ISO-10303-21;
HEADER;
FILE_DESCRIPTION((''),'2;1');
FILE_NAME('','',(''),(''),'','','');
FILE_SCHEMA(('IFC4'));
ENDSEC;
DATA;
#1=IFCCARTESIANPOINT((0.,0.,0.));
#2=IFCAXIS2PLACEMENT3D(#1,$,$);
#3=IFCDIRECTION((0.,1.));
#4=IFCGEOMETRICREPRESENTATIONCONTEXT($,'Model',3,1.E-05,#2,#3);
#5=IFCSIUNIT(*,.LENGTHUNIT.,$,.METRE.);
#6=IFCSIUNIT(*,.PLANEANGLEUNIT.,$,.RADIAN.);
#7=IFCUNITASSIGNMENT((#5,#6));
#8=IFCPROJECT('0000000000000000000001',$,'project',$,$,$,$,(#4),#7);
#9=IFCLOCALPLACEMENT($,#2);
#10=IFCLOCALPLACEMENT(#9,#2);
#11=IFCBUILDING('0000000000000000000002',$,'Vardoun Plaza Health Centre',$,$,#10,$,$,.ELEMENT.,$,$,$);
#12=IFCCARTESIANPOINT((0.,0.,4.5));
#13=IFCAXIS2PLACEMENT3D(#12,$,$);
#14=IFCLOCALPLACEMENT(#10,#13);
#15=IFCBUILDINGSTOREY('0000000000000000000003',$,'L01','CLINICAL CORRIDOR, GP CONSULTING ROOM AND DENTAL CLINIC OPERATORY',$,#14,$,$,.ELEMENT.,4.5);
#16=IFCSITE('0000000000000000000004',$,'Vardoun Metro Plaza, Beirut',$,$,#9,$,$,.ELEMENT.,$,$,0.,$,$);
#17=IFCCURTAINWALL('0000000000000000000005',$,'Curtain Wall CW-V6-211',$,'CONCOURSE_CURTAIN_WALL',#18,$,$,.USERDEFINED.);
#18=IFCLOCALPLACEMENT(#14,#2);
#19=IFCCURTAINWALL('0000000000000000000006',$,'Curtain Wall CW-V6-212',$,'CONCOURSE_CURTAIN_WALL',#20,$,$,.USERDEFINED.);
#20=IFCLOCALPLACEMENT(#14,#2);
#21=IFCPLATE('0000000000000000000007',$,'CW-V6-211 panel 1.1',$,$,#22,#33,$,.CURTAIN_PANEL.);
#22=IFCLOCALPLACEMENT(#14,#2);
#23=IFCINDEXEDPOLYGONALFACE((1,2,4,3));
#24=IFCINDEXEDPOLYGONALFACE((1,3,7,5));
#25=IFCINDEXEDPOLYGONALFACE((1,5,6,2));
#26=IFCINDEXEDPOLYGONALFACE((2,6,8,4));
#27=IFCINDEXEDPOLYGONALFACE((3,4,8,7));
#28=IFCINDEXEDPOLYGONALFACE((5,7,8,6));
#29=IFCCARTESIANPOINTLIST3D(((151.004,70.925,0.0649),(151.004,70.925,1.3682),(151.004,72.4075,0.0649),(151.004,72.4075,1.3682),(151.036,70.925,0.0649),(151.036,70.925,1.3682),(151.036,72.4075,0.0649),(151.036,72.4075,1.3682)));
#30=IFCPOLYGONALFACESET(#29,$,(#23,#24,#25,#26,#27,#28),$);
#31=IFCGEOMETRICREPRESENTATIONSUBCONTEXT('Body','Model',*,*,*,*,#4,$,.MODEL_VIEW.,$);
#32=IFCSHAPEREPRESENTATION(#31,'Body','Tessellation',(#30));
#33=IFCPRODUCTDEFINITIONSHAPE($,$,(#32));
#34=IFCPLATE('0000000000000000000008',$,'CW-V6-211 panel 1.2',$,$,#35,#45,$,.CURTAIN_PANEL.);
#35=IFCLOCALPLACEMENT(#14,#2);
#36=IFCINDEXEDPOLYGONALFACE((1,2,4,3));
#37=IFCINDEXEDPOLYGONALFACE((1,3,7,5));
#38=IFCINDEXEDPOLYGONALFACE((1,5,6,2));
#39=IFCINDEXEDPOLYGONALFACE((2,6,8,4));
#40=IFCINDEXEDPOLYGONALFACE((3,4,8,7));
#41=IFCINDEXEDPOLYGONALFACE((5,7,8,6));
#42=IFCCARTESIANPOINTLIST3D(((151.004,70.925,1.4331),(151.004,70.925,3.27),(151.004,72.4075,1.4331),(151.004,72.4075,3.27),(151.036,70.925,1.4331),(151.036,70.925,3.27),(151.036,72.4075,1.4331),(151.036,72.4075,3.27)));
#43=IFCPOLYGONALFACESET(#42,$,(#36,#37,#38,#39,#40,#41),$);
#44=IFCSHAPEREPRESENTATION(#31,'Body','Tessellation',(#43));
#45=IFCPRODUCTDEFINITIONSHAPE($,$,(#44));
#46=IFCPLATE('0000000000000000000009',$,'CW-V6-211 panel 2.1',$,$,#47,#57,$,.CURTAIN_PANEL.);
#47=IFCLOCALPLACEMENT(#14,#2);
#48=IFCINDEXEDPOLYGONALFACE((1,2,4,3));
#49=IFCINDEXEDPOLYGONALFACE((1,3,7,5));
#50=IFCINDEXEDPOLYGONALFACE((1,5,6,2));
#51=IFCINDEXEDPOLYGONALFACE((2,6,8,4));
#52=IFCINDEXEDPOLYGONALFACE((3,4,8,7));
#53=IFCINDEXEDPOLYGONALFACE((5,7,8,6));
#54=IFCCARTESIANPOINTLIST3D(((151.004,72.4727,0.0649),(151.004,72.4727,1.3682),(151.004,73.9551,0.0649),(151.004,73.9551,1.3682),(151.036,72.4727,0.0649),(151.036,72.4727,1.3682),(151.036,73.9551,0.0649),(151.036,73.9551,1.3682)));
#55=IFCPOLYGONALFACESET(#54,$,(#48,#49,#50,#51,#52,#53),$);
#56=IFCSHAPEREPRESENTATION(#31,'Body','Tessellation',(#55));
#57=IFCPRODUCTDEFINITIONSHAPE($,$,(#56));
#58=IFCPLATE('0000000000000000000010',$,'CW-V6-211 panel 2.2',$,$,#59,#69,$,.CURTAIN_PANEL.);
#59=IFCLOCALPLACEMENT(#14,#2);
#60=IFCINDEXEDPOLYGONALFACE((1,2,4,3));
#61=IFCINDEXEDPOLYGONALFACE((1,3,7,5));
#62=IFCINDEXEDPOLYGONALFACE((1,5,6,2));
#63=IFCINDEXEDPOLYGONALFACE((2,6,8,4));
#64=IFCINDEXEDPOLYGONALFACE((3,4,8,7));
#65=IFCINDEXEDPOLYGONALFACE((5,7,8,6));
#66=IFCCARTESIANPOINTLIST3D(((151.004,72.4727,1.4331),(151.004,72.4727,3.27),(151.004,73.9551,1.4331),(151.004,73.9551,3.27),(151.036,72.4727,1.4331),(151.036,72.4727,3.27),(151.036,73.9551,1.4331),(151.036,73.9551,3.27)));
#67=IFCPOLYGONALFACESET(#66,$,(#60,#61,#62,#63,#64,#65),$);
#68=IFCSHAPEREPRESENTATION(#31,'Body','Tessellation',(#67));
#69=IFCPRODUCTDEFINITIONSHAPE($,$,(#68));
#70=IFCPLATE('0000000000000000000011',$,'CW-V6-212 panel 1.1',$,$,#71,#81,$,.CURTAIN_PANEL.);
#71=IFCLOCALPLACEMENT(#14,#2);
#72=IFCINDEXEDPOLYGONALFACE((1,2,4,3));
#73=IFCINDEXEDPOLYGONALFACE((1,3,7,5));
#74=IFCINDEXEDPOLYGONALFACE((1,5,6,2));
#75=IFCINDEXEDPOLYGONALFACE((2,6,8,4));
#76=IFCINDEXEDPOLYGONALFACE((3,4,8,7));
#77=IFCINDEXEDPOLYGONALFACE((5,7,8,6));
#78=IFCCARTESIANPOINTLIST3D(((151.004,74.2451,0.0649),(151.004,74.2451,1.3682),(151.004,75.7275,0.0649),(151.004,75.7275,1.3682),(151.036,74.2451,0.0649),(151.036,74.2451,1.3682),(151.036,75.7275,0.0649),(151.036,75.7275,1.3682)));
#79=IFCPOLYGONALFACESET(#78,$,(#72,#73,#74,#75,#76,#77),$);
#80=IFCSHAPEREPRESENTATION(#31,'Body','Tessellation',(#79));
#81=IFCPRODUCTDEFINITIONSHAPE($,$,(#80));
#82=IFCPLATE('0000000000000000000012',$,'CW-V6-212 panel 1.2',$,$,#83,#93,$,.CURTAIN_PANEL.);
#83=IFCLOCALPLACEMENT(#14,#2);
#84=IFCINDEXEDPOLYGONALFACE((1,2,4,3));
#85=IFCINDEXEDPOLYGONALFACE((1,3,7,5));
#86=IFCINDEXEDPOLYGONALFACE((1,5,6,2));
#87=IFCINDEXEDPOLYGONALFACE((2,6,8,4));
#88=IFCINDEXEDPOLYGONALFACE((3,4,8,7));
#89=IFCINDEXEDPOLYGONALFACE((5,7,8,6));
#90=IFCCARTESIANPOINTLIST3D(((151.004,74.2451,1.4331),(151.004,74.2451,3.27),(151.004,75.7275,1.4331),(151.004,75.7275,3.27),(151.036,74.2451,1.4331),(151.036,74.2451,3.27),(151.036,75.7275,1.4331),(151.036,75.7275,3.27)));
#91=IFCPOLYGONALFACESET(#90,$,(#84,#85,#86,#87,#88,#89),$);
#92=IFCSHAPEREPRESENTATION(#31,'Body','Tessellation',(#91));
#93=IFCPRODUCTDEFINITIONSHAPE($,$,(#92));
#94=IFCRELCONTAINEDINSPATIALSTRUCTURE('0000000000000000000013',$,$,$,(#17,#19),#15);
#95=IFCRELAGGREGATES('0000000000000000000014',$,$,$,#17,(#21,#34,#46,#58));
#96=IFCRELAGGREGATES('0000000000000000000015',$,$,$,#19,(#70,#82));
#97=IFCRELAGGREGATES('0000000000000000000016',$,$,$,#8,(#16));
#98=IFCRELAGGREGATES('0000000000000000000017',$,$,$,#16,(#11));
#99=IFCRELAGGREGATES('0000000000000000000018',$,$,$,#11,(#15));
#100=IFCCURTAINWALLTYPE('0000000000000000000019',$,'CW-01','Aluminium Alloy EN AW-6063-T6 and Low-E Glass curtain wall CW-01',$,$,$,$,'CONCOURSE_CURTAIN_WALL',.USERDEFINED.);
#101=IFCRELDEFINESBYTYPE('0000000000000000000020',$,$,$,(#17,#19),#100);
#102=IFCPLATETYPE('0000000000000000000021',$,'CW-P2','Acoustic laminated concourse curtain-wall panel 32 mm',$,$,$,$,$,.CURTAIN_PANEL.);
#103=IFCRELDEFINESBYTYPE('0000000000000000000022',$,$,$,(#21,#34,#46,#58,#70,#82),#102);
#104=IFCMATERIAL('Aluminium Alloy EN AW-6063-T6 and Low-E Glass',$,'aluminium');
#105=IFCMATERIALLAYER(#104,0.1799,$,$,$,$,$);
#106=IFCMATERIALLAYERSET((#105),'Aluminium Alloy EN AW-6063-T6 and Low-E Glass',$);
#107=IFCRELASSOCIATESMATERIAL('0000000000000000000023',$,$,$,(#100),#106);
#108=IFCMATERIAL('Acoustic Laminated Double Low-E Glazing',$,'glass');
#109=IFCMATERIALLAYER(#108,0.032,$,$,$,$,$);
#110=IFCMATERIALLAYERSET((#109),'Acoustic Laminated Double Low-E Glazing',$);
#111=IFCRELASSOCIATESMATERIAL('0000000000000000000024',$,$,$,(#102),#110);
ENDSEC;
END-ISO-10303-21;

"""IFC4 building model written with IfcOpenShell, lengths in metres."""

from ifc_helpers import new_model, si_unit, direction, frame, origin, origin_2d, place, context, subcontext, project, spatial, rectangle, extrude, material, layer, layer_set, type_object, element, aggregate, save


model = new_model("IFC4")

# Units and contexts
model_context = context("Model", 3, precision=1e-05, world=origin(), true_north=direction((0.0, 1.0)))
body_context = subcontext(model_context, "Body", "Model", "MODEL_VIEW")
ifc_project = project(units=[si_unit("LENGTHUNIT", "METRE"), si_unit("PLANEANGLEUNIT", "RADIAN")], contexts=[model_context])

# Site, building, storey
site_placement = place(None, origin())
site = spatial("IfcSite", under=ifc_project, at=site_placement, Name="Vardoun Metro Plaza, Beirut", CompositionType="ELEMENT", RefElevation=0.0)
building_placement = place(site_placement, origin())
building = spatial("IfcBuilding", under=site, at=building_placement, Name="Vardoun Plaza Health Centre", CompositionType="ELEMENT")
storey_placement = place(building_placement, frame((0.0, 0.0, 4.5)))
storey = spatial("IfcBuildingStorey", under=building, at=storey_placement, Name="L01", Description="CLINICAL CORRIDOR, GP CONSULTING ROOM AND DENTAL CLINIC OPERATORY", CompositionType="ELEMENT", Elevation=4.5)

# Curtain walls
ifc_material_1 = material(Name="Aluminium Alloy EN AW-6063-T6 and Low-E Glass", Category="aluminium")
ifc_layer_1 = layer(ifc_material_1, 0.1799)
ifc_layer_set_1 = layer_set([ifc_layer_1], Name="Aluminium Alloy EN AW-6063-T6 and Low-E Glass")
curtain_wall_type = type_object("IfcCurtainWallType", Name="CW-01", Description="Aluminium Alloy EN AW-6063-T6 and Low-E Glass curtain wall CW-01", ElementType="CONCOURSE_CURTAIN_WALL", PredefinedType="USERDEFINED", material=ifc_layer_set_1)
curtain_wall_1_placement = place(storey_placement, origin())
curtain_wall_1 = element("IfcCurtainWall", 1, at=curtain_wall_1_placement, inside=storey, type_object=curtain_wall_type, Name="Curtain Wall CW-V6-211", ObjectType="CONCOURSE_CURTAIN_WALL", PredefinedType="USERDEFINED")
curtain_wall_2_placement = place(storey_placement, origin())
curtain_wall_2 = element("IfcCurtainWall", 2, at=curtain_wall_2_placement, inside=storey, type_object=curtain_wall_type, Name="Curtain Wall CW-V6-212", ObjectType="CONCOURSE_CURTAIN_WALL", PredefinedType="USERDEFINED")

# Plates
ifc_material_2 = material(Name="Acoustic Laminated Double Low-E Glazing", Category="glass")
ifc_layer_2 = layer(ifc_material_2, 0.032)
ifc_layer_set_2 = layer_set([ifc_layer_2], Name="Acoustic Laminated Double Low-E Glazing")
plate_type = type_object("IfcPlateType", Name="CW-P2", Description="Acoustic laminated concourse curtain-wall panel 32 mm", PredefinedType="CURTAIN_PANEL", material=ifc_layer_set_2)
plate_1_placement = place(storey_placement, frame((151.02, 71.6663, 0.0649), z_axis=(0.0, 0.0, 1.0), x_axis=(0.0, 1.0, 0.0)))
plate_1 = element("IfcPlate", 3, at=plate_1_placement, type_object=plate_type, Name="CW-V6-211 panel 1.1", PredefinedType="CURTAIN_PANEL", context=body_context, shape_type="SweptSolid", body=[
    extrude(rectangle(XDim=1.4824, YDim=0.032, at=origin_2d()), origin(), (0.0, 0.0, 1.0), 1.3032),
])
plate_2_placement = place(storey_placement, frame((151.02, 71.6663, 1.4331), z_axis=(0.0, 0.0, 1.0), x_axis=(0.0, 1.0, 0.0)))
plate_2 = element("IfcPlate", 4, at=plate_2_placement, type_object=plate_type, Name="CW-V6-211 panel 1.2", PredefinedType="CURTAIN_PANEL", context=body_context, shape_type="SweptSolid", body=[
    extrude(rectangle(XDim=1.4824, YDim=0.032, at=origin_2d()), origin(), (0.0, 0.0, 1.0), 1.8369),
])
plate_3_placement = place(storey_placement, frame((151.02, 73.2139, 0.0649), z_axis=(0.0, 0.0, 1.0), x_axis=(0.0, 1.0, 0.0)))
plate_3 = element("IfcPlate", 5, at=plate_3_placement, type_object=plate_type, Name="CW-V6-211 panel 2.1", PredefinedType="CURTAIN_PANEL", context=body_context, shape_type="SweptSolid", body=[
    extrude(rectangle(XDim=1.4824, YDim=0.032, at=origin_2d()), origin(), (0.0, 0.0, 1.0), 1.3032),
])
plate_4_placement = place(storey_placement, frame((151.02, 73.2139, 1.4331), z_axis=(0.0, 0.0, 1.0), x_axis=(0.0, 1.0, 0.0)))
plate_4 = element("IfcPlate", 6, at=plate_4_placement, type_object=plate_type, Name="CW-V6-211 panel 2.2", PredefinedType="CURTAIN_PANEL", context=body_context, shape_type="SweptSolid", body=[
    extrude(rectangle(XDim=1.4824, YDim=0.032, at=origin_2d()), origin(), (0.0, 0.0, 1.0), 1.8369),
])
aggregate(curtain_wall_1, [plate_1, plate_2, plate_3, plate_4])
plate_5_placement = place(storey_placement, frame((151.02, 74.9863, 0.0649), z_axis=(0.0, 0.0, 1.0), x_axis=(0.0, 1.0, 0.0)))
plate_5 = element("IfcPlate", 7, at=plate_5_placement, type_object=plate_type, Name="CW-V6-212 panel 1.1", PredefinedType="CURTAIN_PANEL", context=body_context, shape_type="SweptSolid", body=[
    extrude(rectangle(XDim=1.4824, YDim=0.032, at=origin_2d()), origin(), (0.0, 0.0, 1.0), 1.3032),
])
plate_6_placement = place(storey_placement, frame((151.02, 74.9863, 1.4331), z_axis=(0.0, 0.0, 1.0), x_axis=(0.0, 1.0, 0.0)))
plate_6 = element("IfcPlate", 8, at=plate_6_placement, type_object=plate_type, Name="CW-V6-212 panel 1.2", PredefinedType="CURTAIN_PANEL", context=body_context, shape_type="SweptSolid", body=[
    extrude(rectangle(XDim=1.4824, YDim=0.032, at=origin_2d()), origin(), (0.0, 0.0, 1.0), 1.8369),
])
aggregate(curtain_wall_2, [plate_5, plate_6])

save(model, "model.ifc")
